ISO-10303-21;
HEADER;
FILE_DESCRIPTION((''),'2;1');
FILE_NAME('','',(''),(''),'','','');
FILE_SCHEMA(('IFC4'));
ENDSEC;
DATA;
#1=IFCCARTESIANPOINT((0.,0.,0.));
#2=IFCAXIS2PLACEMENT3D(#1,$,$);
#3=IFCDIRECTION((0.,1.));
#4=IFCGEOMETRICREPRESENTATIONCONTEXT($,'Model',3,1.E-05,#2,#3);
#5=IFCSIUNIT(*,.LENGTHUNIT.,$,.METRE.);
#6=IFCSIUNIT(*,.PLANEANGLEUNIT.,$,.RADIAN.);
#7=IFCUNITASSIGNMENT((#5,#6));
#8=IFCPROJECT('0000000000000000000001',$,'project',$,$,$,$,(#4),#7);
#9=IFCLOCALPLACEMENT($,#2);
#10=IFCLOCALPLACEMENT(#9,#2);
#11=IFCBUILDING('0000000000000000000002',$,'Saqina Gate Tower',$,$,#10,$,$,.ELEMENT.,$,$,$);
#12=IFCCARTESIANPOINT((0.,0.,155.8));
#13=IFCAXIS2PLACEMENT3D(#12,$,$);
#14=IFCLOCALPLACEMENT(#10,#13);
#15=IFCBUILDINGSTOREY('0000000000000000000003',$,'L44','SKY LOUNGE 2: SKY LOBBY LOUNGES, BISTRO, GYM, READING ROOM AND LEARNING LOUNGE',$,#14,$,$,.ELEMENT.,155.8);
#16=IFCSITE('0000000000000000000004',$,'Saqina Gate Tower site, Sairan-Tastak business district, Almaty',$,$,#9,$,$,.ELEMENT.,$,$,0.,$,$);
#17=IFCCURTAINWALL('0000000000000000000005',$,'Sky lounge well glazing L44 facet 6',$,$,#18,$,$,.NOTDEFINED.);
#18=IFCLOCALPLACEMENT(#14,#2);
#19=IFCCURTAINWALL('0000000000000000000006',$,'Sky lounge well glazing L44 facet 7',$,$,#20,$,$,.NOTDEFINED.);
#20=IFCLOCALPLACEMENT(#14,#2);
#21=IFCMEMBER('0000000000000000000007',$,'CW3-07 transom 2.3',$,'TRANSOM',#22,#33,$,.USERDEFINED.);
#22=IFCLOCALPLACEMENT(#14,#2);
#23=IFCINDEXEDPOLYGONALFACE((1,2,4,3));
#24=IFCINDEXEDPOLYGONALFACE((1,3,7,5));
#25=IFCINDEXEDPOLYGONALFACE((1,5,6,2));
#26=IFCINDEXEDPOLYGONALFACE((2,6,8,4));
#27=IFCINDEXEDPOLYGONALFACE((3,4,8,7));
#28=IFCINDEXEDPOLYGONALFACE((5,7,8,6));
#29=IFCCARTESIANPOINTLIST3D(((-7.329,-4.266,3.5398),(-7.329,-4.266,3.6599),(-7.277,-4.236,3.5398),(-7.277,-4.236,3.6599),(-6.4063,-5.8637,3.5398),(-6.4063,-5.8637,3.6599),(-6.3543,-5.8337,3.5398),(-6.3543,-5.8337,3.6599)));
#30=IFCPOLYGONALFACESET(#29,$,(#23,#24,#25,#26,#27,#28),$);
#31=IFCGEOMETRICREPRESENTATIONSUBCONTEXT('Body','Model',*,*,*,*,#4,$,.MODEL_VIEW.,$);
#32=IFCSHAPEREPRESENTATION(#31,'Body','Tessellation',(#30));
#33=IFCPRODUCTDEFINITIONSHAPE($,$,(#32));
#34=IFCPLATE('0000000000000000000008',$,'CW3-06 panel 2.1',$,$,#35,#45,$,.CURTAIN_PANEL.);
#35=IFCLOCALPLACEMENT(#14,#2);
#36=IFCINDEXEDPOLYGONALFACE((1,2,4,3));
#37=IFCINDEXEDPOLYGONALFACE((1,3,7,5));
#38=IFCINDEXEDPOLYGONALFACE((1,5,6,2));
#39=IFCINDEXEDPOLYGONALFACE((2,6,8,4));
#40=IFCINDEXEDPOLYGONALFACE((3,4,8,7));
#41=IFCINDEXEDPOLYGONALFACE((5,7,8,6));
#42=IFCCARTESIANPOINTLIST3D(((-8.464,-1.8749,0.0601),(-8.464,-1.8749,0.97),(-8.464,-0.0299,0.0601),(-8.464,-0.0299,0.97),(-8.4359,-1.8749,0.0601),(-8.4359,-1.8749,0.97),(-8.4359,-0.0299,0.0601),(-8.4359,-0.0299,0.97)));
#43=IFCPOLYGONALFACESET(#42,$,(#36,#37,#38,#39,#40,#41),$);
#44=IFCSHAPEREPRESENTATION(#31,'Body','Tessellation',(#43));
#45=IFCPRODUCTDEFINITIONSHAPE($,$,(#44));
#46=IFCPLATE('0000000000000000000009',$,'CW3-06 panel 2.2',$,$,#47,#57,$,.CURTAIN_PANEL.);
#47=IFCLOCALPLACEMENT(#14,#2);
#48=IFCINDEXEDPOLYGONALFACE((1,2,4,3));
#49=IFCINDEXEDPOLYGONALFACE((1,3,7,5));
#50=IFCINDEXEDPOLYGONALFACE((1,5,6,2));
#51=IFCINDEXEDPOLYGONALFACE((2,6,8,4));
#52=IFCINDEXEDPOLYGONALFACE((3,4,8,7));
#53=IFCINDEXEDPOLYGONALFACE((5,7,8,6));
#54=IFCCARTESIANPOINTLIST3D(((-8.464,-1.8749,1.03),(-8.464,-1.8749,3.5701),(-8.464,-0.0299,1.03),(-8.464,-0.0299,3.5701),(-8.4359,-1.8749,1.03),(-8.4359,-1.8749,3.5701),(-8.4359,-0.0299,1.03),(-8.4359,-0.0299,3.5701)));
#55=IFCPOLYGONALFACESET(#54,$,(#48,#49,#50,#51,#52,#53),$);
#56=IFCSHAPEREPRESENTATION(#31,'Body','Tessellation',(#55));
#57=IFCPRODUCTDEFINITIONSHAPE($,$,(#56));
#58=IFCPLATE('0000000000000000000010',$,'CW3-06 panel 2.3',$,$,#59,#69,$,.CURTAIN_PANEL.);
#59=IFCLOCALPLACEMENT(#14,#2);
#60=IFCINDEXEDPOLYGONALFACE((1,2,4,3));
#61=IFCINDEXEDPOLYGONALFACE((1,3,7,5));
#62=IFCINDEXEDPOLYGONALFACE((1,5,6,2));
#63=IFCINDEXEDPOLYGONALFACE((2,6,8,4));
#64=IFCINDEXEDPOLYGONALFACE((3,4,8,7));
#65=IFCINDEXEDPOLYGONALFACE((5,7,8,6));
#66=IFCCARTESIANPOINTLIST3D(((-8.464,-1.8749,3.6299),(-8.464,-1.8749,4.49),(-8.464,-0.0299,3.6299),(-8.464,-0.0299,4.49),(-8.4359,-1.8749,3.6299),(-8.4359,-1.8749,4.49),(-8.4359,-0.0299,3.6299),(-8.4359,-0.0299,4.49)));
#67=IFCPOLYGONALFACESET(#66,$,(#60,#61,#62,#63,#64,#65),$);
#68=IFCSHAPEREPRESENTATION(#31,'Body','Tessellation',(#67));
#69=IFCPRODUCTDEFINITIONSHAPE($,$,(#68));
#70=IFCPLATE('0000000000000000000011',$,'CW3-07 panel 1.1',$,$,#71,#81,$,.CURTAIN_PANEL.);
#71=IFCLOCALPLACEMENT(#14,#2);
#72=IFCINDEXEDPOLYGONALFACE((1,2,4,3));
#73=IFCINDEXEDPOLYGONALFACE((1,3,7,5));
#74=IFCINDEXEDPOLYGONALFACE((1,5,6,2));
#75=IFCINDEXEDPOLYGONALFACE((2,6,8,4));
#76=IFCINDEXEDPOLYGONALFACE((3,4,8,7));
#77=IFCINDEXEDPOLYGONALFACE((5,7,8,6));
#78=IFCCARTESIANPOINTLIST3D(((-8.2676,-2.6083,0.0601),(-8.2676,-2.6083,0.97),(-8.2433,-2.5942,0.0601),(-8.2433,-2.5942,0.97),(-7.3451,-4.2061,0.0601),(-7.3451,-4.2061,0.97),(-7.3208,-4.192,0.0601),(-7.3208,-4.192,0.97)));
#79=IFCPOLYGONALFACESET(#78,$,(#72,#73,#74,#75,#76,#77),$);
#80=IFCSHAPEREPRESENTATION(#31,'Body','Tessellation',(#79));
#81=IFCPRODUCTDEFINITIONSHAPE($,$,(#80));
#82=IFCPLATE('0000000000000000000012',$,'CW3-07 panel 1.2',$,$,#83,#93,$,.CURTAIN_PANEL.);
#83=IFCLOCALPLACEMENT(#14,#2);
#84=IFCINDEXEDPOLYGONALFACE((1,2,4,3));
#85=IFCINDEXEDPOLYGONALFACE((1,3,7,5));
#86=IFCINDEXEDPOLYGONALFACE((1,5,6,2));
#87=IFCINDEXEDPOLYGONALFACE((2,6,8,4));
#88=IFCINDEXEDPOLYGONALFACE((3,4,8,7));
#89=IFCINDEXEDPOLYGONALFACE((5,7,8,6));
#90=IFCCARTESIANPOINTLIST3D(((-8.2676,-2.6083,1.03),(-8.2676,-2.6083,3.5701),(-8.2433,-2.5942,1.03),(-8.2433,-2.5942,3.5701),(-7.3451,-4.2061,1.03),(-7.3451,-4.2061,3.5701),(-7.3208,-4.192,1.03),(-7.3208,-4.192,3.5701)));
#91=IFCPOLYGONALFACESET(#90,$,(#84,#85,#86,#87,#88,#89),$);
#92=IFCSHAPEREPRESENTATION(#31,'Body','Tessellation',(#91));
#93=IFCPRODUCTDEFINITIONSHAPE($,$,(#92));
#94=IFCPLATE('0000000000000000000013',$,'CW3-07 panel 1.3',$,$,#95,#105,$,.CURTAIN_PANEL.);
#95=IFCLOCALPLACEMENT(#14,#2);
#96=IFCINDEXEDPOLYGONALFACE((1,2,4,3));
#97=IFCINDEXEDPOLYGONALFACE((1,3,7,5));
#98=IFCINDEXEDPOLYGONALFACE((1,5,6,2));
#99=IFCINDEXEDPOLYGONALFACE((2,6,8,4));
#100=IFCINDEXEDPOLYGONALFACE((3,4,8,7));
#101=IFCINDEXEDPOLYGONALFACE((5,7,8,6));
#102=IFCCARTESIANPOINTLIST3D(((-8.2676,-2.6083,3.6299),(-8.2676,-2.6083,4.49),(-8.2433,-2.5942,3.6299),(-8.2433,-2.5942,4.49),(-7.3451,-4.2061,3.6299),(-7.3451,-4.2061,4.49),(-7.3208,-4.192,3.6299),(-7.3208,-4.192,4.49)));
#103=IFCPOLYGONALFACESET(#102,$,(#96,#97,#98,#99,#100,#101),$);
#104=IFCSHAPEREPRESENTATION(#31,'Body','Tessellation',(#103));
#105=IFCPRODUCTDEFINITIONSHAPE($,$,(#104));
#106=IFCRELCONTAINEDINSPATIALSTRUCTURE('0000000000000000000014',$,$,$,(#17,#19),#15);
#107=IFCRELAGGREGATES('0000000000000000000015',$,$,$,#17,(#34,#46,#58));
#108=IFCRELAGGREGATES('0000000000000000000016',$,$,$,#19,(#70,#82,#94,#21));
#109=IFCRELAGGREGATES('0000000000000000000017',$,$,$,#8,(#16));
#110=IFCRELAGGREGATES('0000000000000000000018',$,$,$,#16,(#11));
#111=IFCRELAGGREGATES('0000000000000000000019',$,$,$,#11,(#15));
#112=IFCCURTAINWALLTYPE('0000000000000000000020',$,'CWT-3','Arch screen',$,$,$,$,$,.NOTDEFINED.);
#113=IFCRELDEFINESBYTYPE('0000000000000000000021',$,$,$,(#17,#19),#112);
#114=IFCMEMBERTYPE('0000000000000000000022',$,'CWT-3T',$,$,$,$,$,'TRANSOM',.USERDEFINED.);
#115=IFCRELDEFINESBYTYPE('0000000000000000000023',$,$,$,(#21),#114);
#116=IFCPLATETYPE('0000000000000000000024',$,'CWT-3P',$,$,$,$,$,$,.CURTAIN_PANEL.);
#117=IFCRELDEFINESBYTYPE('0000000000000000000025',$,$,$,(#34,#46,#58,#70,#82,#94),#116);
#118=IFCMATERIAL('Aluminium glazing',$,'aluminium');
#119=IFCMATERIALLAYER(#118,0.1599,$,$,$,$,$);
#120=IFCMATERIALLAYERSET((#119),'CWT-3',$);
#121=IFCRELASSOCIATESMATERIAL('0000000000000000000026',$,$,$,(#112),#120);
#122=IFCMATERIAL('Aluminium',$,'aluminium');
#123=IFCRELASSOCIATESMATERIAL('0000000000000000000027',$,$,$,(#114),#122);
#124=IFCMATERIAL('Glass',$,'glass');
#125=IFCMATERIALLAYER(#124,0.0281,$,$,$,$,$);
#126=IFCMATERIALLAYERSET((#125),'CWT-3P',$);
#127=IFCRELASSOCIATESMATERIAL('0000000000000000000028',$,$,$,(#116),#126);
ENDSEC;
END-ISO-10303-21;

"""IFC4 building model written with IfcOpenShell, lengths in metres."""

from ifc_helpers import new_model, si_unit, direction, frame, origin, origin_2d, place, context, subcontext, project, spatial, rectangle, extrude, material, layer, layer_set, material_profile, profile_set, type_object, element, aggregate, save


model = new_model("IFC4")

# Units and contexts
model_context = context("Model", 3, precision=1e-05, world=origin(), true_north=direction((0.0, 1.0)))
body_context = subcontext(model_context, "Body", "Model", "MODEL_VIEW")
ifc_project = project(units=[si_unit("LENGTHUNIT", "METRE"), si_unit("PLANEANGLEUNIT", "RADIAN")], contexts=[model_context])

# Site, building, storey
site_placement = place(None, origin())
site = spatial("IfcSite", under=ifc_project, at=site_placement, Name="Saqina Gate Tower site, Sairan-Tastak business district, Almaty", CompositionType="ELEMENT", RefElevation=0.0)
building_placement = place(site_placement, origin())
building = spatial("IfcBuilding", under=site, at=building_placement, Name="Saqina Gate Tower", CompositionType="ELEMENT")
storey_placement = place(building_placement, frame((0.0, 0.0, 155.8)))
storey = spatial("IfcBuildingStorey", under=building, at=storey_placement, Name="L44", Description="SKY LOUNGE 2: SKY LOBBY LOUNGES, BISTRO, GYM, READING ROOM AND LEARNING LOUNGE", CompositionType="ELEMENT", Elevation=155.8)

# Curtain wall
ifc_material_1 = material(Name="Aluminium glazing", Category="aluminium")
ifc_layer_1 = layer(ifc_material_1, 0.1599)
ifc_layer_set_1 = layer_set([ifc_layer_1], Name="CWT-3")
curtain_wall_type = type_object("IfcCurtainWallType", Name="CWT-3", Description="Arch screen", PredefinedType="NOTDEFINED", material=ifc_layer_set_1)
curtain_wall_1_placement = place(storey_placement, origin())
curtain_wall_1 = element("IfcCurtainWall", 1, at=curtain_wall_1_placement, inside=storey, type_object=curtain_wall_type, Name="Sky lounge well glazing L44 facet 6", PredefinedType="NOTDEFINED")

# Curtain wall
curtain_wall_2_placement = place(storey_placement, origin())
curtain_wall_2 = element("IfcCurtainWall", 2, at=curtain_wall_2_placement, inside=storey, type_object=curtain_wall_type, Name="Sky lounge well glazing L44 facet 7", PredefinedType="NOTDEFINED")

# Member
ifc_material_2 = material(Name="Aluminium", Category="aluminium")
ifc_material_profile_1 = material_profile(ifc_material_2, rectangle(XDim=0.0601, YDim=0.1201, at=origin_2d()), Name="Aluminium 60x120")
ifc_profile_set_1 = profile_set([ifc_material_profile_1], Name="Aluminium")
member_type_1 = type_object("IfcMemberType", Name="CWT-3T", ElementType="TRANSOM", PredefinedType="USERDEFINED", material=ifc_profile_set_1)
member_1_placement = place(storey_placement, frame((-7.303, -4.251, 3.5999), z_axis=(0.500081, -0.865978, 0.0), x_axis=(0.865978, 0.500081, 0.0)))
member_1 = element("IfcMember", 3, at=member_1_placement, type_object=member_type_1, Name="CW3-07 transom 2.3", ObjectType="TRANSOM", PredefinedType="USERDEFINED", context=body_context, shape_type="SweptSolid", body=[
    extrude(rectangle(XDim=0.0601, YDim=0.1201, at=origin_2d()), origin(), (0.0, 0.0, 1.0), 1.845),
])

# Plates
ifc_material_3 = material(Name="Glass", Category="glass")
ifc_layer_2 = layer(ifc_material_3, 0.0281)
ifc_layer_set_2 = layer_set([ifc_layer_2], Name="CWT-3P")
plate_type = type_object("IfcPlateType", Name="CWT-3P", PredefinedType="CURTAIN_PANEL", material=ifc_layer_set_2)
plate_1_placement = place(storey_placement, frame((-8.45, -0.9524, 0.0601), z_axis=(0.0, 0.0, 1.0), x_axis=(0.0, -1.0, 0.0)))
plate_1 = element("IfcPlate", 4, at=plate_1_placement, type_object=plate_type, Name="CW3-06 panel 2.1", PredefinedType="CURTAIN_PANEL", context=body_context, shape_type="SweptSolid", body=[
    extrude(rectangle(XDim=1.845, YDim=0.0281, at=origin_2d()), origin(), (0.0, 0.0, 1.0), 0.9099),
])
plate_2_placement = place(storey_placement, frame((-8.45, -0.9524, 1.03), z_axis=(0.0, 0.0, 1.0), x_axis=(0.0, -1.0, 0.0)))
plate_2 = element("IfcPlate", 5, at=plate_2_placement, type_object=plate_type, Name="CW3-06 panel 2.2", PredefinedType="CURTAIN_PANEL", context=body_context, shape_type="SweptSolid", body=[
    extrude(rectangle(XDim=1.845, YDim=0.0281, at=origin_2d()), origin(), (0.0, 0.0, 1.0), 2.54),
])
plate_3_placement = place(storey_placement, frame((-8.45, -0.9524, 3.6299), z_axis=(0.0, 0.0, 1.0), x_axis=(0.0, -1.0, 0.0)))
plate_3 = element("IfcPlate", 6, at=plate_3_placement, type_object=plate_type, Name="CW3-06 panel 2.3", PredefinedType="CURTAIN_PANEL", context=body_context, shape_type="SweptSolid", body=[
    extrude(rectangle(XDim=1.845, YDim=0.0281, at=origin_2d()), origin(), (0.0, 0.0, 1.0), 0.8601),
])
aggregate(curtain_wall_1, [plate_1, plate_2, plate_3])
plate_4_placement = place(storey_placement, frame((-7.7942, -3.4001, 0.0601), z_axis=(0.0, 0.0, 1.0), x_axis=(0.500013, -0.866018, 0.0)))
plate_4 = element("IfcPlate", 7, at=plate_4_placement, type_object=plate_type, Name="CW3-07 panel 1.1", PredefinedType="CURTAIN_PANEL", context=body_context, shape_type="SweptSolid", body=[
    extrude(rectangle(XDim=1.845, YDim=0.0281, at=origin_2d()), origin(), (0.0, 0.0, 1.0), 0.9099),
])
plate_5_placement = place(storey_placement, frame((-7.7942, -3.4001, 1.03), z_axis=(0.0, 0.0, 1.0), x_axis=(0.500013, -0.866018, 0.0)))
plate_5 = element("IfcPlate", 8, at=plate_5_placement, type_object=plate_type, Name="CW3-07 panel 1.2", PredefinedType="CURTAIN_PANEL", context=body_context, shape_type="SweptSolid", body=[
    extrude(rectangle(XDim=1.845, YDim=0.0281, at=origin_2d()), origin(), (0.0, 0.0, 1.0), 2.54),
])
plate_6_placement = place(storey_placement, frame((-7.7942, -3.4001, 3.6299), z_axis=(0.0, 0.0, 1.0), x_axis=(0.500013, -0.866018, 0.0)))
plate_6 = element("IfcPlate", 9, at=plate_6_placement, type_object=plate_type, Name="CW3-07 panel 1.3", PredefinedType="CURTAIN_PANEL", context=body_context, shape_type="SweptSolid", body=[
    extrude(rectangle(XDim=1.845, YDim=0.0281, at=origin_2d()), origin(), (0.0, 0.0, 1.0), 0.8601),
])
aggregate(curtain_wall_2, [plate_4, plate_5, plate_6, member_1])

save(model, "model.ifc")
